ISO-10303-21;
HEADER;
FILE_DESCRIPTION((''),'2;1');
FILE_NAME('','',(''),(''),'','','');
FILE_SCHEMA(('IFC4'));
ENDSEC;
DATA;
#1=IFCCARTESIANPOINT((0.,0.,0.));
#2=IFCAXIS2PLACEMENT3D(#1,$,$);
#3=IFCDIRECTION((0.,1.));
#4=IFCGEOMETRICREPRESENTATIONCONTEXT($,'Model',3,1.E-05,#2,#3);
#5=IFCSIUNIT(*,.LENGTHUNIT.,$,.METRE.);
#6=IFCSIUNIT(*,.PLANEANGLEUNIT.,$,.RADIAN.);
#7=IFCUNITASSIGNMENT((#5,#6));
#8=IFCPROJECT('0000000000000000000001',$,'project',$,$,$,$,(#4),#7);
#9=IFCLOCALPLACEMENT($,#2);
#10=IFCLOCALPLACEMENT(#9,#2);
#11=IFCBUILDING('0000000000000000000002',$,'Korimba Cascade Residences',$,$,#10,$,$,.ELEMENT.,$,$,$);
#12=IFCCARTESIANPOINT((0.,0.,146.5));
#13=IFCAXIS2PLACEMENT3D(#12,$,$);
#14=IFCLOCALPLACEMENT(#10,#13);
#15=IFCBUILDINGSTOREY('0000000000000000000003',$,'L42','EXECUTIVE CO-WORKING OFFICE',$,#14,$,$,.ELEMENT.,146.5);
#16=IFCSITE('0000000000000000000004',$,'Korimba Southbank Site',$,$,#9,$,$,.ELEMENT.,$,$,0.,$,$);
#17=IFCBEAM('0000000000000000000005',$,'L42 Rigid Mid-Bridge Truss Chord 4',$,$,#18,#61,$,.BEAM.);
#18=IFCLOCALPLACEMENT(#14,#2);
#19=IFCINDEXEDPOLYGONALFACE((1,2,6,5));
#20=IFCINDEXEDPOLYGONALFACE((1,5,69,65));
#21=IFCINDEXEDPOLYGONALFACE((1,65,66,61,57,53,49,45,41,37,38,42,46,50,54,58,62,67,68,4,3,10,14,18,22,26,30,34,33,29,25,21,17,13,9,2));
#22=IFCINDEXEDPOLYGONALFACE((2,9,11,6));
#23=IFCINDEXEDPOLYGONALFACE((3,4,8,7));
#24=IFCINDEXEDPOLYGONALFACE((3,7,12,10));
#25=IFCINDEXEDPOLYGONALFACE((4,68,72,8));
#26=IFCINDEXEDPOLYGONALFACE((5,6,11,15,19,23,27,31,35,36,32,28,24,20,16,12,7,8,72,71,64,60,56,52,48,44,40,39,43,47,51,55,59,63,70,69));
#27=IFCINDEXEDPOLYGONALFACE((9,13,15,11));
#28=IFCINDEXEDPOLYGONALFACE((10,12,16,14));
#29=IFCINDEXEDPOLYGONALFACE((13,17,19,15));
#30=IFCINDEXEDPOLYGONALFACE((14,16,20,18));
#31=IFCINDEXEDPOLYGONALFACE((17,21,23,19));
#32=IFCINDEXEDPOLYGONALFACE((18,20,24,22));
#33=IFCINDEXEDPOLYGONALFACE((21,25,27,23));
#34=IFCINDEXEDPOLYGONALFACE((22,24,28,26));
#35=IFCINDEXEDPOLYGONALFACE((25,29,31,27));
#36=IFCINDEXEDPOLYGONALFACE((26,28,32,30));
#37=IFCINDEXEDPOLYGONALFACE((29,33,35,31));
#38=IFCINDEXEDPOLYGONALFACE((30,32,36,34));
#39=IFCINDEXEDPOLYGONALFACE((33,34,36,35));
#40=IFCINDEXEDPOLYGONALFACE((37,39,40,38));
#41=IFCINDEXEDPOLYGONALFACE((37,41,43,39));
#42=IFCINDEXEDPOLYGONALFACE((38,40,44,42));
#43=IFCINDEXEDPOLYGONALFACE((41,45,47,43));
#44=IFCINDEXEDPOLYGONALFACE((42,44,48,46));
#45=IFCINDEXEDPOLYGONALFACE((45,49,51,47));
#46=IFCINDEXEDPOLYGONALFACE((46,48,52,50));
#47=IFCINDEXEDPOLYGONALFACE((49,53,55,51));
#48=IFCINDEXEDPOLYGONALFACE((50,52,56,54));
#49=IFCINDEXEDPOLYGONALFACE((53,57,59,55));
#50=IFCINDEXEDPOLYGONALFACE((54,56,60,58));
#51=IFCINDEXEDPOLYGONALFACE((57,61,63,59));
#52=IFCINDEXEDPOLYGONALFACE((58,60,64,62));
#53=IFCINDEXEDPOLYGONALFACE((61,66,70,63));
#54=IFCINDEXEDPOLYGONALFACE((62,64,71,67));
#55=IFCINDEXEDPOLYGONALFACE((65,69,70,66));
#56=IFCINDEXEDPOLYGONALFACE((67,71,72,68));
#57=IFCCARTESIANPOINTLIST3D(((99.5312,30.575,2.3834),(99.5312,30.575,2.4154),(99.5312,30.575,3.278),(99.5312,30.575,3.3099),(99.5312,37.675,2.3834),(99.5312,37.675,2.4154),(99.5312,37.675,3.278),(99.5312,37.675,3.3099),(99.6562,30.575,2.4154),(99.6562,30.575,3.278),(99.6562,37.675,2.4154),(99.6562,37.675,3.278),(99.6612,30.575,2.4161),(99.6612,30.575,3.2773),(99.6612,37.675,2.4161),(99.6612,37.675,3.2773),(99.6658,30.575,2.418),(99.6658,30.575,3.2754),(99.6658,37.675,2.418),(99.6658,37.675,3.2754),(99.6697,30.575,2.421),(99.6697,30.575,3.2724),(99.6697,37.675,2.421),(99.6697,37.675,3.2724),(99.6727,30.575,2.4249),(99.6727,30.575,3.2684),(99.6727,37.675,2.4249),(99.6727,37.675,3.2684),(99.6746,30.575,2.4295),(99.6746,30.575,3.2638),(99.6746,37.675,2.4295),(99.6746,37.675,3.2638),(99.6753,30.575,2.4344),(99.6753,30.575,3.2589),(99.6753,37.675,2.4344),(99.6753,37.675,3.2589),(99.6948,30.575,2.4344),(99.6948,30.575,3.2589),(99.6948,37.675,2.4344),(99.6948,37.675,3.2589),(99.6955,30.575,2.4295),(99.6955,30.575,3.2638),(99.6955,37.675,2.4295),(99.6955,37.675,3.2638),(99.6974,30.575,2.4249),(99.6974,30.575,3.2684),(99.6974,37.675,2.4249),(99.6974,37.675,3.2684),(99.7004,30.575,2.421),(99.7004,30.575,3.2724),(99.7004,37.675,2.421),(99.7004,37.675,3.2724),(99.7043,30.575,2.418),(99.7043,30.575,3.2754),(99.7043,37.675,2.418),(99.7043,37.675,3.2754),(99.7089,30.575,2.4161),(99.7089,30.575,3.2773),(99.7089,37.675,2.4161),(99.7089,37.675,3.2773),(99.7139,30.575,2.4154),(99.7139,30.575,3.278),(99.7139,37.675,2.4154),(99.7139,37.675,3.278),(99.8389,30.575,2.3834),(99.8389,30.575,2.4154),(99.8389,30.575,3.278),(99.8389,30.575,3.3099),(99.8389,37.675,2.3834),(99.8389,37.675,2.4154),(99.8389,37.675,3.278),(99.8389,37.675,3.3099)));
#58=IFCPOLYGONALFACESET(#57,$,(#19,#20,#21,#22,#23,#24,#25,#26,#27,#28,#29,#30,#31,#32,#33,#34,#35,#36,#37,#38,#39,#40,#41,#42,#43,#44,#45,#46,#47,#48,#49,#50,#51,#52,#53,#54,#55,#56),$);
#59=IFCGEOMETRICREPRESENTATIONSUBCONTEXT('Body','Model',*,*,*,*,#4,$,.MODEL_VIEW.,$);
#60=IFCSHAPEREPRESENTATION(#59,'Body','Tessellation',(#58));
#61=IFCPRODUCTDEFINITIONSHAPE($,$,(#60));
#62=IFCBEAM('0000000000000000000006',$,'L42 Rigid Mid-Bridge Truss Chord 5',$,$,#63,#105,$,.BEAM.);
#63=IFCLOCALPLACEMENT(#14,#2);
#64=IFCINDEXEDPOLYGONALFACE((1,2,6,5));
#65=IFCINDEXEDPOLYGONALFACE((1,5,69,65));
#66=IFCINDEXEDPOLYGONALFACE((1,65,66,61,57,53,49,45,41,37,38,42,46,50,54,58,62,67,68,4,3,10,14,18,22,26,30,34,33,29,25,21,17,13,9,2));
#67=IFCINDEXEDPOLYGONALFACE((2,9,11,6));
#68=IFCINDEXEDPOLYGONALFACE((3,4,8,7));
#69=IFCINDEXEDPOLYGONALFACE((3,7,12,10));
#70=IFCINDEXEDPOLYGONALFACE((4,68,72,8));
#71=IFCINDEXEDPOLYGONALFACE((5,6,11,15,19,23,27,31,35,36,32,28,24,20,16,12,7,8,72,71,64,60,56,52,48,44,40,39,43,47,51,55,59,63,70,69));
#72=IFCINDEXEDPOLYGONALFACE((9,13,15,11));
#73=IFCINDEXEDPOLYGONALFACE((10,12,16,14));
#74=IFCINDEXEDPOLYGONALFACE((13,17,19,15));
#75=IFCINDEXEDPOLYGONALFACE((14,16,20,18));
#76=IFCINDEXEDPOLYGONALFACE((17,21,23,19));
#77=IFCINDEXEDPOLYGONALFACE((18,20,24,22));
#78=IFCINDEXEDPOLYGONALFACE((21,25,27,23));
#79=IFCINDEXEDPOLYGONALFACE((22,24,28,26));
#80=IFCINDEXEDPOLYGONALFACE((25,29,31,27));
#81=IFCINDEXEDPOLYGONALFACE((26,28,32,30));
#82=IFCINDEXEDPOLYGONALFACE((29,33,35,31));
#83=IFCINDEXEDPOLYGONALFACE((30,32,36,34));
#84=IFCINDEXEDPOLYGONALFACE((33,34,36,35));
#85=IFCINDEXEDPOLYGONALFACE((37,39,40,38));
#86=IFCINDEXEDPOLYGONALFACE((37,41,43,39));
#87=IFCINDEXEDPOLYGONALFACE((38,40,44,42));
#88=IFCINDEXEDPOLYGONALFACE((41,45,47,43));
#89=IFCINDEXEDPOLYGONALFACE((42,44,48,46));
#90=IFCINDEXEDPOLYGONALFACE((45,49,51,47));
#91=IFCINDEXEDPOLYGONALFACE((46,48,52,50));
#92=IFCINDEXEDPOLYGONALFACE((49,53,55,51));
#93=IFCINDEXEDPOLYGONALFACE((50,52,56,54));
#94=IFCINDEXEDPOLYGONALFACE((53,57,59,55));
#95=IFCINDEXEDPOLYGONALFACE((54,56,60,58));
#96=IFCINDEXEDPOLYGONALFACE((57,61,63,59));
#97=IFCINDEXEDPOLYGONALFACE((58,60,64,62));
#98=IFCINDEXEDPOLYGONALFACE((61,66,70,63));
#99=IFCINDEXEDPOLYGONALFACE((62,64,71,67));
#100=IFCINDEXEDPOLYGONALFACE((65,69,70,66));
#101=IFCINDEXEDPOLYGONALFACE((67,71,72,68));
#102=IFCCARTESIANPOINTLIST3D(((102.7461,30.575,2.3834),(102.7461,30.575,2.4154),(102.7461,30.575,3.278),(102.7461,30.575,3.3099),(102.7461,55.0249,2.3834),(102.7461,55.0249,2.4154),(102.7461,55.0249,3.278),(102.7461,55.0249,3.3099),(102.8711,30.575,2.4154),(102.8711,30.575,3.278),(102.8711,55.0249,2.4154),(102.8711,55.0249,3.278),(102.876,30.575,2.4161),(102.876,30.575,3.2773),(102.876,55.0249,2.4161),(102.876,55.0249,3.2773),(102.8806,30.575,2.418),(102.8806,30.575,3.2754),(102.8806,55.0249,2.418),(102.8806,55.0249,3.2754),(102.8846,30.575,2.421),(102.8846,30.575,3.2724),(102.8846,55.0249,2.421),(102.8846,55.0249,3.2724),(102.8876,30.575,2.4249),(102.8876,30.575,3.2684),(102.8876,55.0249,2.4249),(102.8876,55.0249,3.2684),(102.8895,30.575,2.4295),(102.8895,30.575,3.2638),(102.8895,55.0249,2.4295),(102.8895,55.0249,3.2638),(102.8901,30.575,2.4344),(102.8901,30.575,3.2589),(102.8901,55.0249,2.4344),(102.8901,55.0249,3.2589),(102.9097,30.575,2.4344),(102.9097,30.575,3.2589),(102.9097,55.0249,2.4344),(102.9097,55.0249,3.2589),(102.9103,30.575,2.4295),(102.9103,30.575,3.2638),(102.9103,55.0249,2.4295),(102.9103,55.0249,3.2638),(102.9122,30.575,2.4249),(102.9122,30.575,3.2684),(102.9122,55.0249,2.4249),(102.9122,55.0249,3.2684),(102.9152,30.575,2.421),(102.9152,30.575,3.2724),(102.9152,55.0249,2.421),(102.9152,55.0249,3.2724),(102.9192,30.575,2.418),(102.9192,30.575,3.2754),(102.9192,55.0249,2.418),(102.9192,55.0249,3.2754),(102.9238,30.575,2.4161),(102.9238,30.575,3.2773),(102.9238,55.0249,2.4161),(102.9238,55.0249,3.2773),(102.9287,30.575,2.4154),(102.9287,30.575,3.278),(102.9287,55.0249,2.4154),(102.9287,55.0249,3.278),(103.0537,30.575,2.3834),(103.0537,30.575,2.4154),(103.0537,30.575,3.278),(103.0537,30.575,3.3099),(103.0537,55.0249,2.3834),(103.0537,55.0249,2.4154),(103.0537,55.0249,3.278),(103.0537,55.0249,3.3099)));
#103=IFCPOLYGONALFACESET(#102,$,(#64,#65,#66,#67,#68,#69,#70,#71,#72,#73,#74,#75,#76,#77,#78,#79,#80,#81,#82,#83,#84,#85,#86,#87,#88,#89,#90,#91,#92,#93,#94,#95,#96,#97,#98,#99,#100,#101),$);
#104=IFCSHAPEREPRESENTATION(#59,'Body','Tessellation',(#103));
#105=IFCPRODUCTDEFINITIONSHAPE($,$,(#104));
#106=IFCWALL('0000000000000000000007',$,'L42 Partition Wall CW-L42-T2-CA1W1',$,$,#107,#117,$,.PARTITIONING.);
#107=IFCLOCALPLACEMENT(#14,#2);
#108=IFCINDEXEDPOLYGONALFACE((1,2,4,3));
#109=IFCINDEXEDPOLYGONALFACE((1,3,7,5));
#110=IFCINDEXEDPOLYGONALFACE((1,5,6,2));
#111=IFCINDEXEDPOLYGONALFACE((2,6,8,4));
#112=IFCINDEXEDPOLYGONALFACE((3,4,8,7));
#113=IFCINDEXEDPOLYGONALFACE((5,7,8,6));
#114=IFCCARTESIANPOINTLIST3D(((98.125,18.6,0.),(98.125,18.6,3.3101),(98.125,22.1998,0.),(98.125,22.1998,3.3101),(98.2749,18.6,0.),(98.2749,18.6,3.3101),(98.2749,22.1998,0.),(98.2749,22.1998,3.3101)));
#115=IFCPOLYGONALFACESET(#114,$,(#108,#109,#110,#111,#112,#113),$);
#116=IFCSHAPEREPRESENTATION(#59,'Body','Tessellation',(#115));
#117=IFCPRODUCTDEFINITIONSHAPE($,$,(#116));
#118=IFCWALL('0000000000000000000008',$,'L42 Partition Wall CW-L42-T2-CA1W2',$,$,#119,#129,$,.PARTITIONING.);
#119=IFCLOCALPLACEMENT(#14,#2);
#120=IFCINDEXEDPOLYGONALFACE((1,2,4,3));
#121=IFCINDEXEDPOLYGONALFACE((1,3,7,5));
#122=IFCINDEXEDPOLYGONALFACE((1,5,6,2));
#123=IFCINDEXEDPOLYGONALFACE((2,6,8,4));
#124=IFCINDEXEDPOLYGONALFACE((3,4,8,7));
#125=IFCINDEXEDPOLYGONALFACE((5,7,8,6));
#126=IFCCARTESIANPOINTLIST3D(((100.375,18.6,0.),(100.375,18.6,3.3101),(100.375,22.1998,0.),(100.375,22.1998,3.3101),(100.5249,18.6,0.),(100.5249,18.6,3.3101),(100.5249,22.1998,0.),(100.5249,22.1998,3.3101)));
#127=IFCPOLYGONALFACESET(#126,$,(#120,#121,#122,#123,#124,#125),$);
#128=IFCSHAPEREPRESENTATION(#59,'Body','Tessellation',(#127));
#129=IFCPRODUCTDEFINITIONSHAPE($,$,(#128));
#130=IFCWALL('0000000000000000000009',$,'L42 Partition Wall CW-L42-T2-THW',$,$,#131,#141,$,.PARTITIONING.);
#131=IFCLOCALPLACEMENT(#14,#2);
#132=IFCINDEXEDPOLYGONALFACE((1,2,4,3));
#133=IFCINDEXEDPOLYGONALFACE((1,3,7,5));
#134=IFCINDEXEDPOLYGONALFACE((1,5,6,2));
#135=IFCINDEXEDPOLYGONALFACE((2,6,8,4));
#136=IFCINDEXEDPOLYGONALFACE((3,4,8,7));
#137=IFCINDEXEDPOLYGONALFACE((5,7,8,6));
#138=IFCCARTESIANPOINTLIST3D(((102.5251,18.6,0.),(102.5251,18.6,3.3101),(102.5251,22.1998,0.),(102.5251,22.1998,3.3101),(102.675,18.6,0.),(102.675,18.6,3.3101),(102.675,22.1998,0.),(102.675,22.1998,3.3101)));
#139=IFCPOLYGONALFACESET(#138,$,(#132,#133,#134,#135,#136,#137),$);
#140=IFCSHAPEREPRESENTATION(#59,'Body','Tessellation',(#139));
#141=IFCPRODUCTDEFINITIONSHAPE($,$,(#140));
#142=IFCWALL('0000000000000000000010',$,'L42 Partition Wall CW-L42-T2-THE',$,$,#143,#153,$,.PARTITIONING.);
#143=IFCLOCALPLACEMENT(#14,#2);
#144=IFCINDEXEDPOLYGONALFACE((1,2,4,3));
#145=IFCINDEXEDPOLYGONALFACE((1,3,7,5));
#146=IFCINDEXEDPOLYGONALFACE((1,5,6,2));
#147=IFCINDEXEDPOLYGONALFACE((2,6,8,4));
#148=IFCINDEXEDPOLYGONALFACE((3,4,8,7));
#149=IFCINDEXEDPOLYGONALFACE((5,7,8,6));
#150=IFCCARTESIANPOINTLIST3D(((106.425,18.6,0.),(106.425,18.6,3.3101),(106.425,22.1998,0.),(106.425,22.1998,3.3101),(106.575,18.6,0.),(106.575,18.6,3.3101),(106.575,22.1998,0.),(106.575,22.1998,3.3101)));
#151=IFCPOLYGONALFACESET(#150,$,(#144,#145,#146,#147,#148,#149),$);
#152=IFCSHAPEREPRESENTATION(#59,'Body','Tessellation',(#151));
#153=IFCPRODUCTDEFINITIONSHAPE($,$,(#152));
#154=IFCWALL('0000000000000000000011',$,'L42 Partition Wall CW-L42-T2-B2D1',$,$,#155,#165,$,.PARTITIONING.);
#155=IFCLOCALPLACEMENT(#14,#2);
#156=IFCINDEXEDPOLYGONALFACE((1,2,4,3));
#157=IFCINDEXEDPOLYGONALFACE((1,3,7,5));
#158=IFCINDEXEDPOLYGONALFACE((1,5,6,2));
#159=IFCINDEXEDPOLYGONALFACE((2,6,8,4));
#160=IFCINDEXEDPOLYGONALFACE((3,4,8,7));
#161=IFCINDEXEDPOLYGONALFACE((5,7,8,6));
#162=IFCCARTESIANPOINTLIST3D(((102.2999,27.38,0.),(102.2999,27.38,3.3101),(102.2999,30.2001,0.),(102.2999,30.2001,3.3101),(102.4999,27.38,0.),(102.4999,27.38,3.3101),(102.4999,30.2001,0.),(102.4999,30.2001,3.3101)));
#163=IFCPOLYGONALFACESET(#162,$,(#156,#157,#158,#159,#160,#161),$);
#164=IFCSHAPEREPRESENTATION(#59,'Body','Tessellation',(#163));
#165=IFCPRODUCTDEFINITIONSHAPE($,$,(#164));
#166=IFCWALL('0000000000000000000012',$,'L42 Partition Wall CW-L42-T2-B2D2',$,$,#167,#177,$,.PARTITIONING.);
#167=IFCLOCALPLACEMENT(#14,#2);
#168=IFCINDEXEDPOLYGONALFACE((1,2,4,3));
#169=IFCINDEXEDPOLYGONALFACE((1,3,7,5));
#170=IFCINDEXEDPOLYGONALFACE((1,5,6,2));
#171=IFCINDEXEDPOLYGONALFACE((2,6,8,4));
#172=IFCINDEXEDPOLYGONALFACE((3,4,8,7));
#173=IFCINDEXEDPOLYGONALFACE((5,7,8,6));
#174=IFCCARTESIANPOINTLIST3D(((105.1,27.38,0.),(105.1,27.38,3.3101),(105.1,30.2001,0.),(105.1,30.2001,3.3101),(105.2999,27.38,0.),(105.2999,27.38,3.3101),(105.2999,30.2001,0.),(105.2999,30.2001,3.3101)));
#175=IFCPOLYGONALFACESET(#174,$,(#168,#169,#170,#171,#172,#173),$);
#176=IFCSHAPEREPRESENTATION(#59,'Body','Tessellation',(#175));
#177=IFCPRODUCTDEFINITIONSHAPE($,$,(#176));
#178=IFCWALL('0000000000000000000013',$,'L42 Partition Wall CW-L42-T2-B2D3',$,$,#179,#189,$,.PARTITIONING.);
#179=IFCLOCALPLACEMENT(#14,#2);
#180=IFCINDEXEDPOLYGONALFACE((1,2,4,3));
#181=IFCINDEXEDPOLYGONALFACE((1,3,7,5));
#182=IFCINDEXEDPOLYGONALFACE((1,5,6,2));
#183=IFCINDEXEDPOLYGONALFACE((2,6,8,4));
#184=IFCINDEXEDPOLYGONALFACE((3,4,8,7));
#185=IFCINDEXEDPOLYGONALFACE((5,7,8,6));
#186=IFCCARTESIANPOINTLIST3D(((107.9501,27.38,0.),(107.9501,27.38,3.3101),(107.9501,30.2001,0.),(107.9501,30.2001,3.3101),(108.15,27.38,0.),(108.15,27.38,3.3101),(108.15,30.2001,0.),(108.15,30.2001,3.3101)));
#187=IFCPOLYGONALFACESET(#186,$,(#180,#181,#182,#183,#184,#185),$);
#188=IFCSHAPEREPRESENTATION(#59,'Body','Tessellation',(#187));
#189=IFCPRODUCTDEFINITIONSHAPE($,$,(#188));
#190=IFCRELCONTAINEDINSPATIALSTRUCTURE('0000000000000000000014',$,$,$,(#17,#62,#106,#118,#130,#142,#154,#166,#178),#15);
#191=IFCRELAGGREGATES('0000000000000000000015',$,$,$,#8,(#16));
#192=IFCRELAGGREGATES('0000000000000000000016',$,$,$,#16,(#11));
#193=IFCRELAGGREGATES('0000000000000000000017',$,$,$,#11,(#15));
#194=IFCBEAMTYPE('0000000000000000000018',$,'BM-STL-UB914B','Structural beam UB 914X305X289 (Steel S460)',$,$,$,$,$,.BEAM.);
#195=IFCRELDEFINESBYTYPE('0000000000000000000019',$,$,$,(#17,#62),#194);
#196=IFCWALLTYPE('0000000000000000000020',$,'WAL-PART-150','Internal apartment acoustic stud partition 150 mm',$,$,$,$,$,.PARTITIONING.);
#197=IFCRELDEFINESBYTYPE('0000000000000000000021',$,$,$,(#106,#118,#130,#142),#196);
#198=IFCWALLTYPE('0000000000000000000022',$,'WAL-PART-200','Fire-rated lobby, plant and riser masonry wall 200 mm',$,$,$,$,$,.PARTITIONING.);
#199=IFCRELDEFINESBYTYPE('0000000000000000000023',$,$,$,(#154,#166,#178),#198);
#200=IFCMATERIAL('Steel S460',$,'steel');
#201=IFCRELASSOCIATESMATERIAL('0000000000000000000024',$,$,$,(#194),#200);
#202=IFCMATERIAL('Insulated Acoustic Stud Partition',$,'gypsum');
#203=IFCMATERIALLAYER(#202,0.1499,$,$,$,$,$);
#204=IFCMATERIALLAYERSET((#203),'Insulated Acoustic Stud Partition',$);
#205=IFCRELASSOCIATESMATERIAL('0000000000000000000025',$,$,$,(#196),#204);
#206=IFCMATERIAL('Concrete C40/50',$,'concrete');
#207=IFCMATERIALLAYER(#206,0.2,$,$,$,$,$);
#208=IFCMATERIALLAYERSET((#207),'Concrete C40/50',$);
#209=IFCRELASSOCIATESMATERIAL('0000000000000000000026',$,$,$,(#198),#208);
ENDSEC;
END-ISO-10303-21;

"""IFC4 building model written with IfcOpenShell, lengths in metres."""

from ifc_helpers import new_model, si_unit, direction, frame, frame_2d, origin, origin_2d, place, context, subcontext, project, spatial, rectangle, i_section, extrude, material, layer, layer_set, material_profile, profile_set, type_object, element, save


model = new_model("IFC4")

# Units and contexts
model_context = context("Model", 3, precision=1e-05, world=origin(), true_north=direction((0.0, 1.0)))
body_context = subcontext(model_context, "Body", "Model", "MODEL_VIEW")
ifc_project = project(units=[si_unit("LENGTHUNIT", "METRE"), si_unit("PLANEANGLEUNIT", "RADIAN")], contexts=[model_context])

# Site, building, storey
site_placement = place(None, origin())
site = spatial("IfcSite", under=ifc_project, at=site_placement, Name="Korimba Southbank Site", CompositionType="ELEMENT", RefElevation=0.0)
building_placement = place(site_placement, origin())
building = spatial("IfcBuilding", under=site, at=building_placement, Name="Korimba Cascade Residences", CompositionType="ELEMENT")
storey_placement = place(building_placement, frame((0.0, 0.0, 146.5)))
storey = spatial("IfcBuildingStorey", under=building, at=storey_placement, Name="L42", Description="EXECUTIVE CO-WORKING OFFICE", CompositionType="ELEMENT", Elevation=146.5)

# Shared definitions
ifc_material_1 = material(Name="Steel S460", Category="steel")

# Beams
ifc_material_profile_1 = material_profile(ifc_material_1, i_section(OverallWidth=0.3076, OverallDepth=0.9265, WebThickness=0.0195, FlangeThickness=0.032, FilletRadius=0.019, at=origin_2d()), Name="Steel S460")
ifc_profile_set_1 = profile_set([ifc_material_profile_1], Name="Steel S460")
beam_type_1 = type_object("IfcBeamType", Name="BM-STL-UB914B", Description="Structural beam UB 914X305X289 (Steel S460)", PredefinedType="BEAM", material=ifc_profile_set_1)
beam_1_placement = place(storey_placement, frame((99.6851, 30.575, 2.8467), z_axis=(0.0, 1.0, 0.0), x_axis=(-1.0, 0.0, 0.0)))
element("IfcBeam", 1, at=beam_1_placement, inside=storey, type_object=beam_type_1, Name="L42 Rigid Mid-Bridge Truss Chord 4", PredefinedType="BEAM", context=body_context, shape_type="SweptSolid", body=[
    extrude(i_section(OverallWidth=0.3076, OverallDepth=0.9265, WebThickness=0.0195, FlangeThickness=0.032, FilletRadius=0.019, at=origin_2d()), origin(), (0.0, 0.0, 1.0), 7.1001),
])
beam_2_placement = place(storey_placement, frame((102.8999, 30.575, 2.8467), z_axis=(0.0, 1.0, 0.0), x_axis=(-1.0, 0.0, 0.0)))
element("IfcBeam", 2, at=beam_2_placement, inside=storey, type_object=beam_type_1, Name="L42 Rigid Mid-Bridge Truss Chord 5", PredefinedType="BEAM", context=body_context, shape_type="SweptSolid", body=[
    extrude(i_section(OverallWidth=0.3076, OverallDepth=0.9265, WebThickness=0.0195, FlangeThickness=0.032, FilletRadius=0.019, at=origin_2d()), origin(), (0.0, 0.0, 1.0), 24.45),
])

# Walls
ifc_material_2 = material(Name="Insulated Acoustic Stud Partition", Category="gypsum")
ifc_layer_1 = layer(ifc_material_2, 0.1499)
ifc_layer_set_1 = layer_set([ifc_layer_1], Name="Insulated Acoustic Stud Partition")
wall_type_1 = type_object("IfcWallType", Name="WAL-PART-150", Description="Internal apartment acoustic stud partition 150 mm", PredefinedType="PARTITIONING", material=ifc_layer_set_1)
for number, where, z_axis, x_axis, name in (
    (3, (98.2, 18.6001, 0.0), (0.0, 0.0, 1.0), (0.0, 1.0, 0.0), "L42 Partition Wall CW-L42-T2-CA1W1"),
    (4, (100.45, 18.6001, 0.0), (0.0, 0.0, 1.0), (0.0, 1.0, 0.0), "L42 Partition Wall CW-L42-T2-CA1W2"),
    (5, (102.6001, 18.6001, 0.0), (0.0, 0.0, 1.0), (0.0, 1.0, 0.0), "L42 Partition Wall CW-L42-T2-THW"),
    (6, (106.5, 18.6001, 0.0), (0.0, 0.0, 1.0), (0.0, 1.0, 0.0), "L42 Partition Wall CW-L42-T2-THE"),
):
    element("IfcWall", number, at=place(storey_placement, frame(where, z_axis=z_axis, x_axis=x_axis)), inside=storey, type_object=wall_type_1, Name=name, PredefinedType="PARTITIONING", context=body_context, shape_type="SweptSolid", body=[
        extrude(rectangle(XDim=3.5999, YDim=0.1499, at=frame_2d((1.7998, 0.0))), origin(), (0.0, 0.0, 1.0), 3.3101),
    ])
ifc_material_3 = material(Name="Concrete C40/50", Category="concrete")
ifc_layer_2 = layer(ifc_material_3, 0.2)
ifc_layer_set_2 = layer_set([ifc_layer_2], Name="Concrete C40/50")
wall_type_2 = type_object("IfcWallType", Name="WAL-PART-200", Description="Fire-rated lobby, plant and riser masonry wall 200 mm", PredefinedType="PARTITIONING", material=ifc_layer_set_2)
for number, where, z_axis, x_axis, name in (
    (7, (102.3999, 27.3799, 0.0), (0.0, 0.0, 1.0), (0.0, 1.0, 0.0), "L42 Partition Wall CW-L42-T2-B2D1"),
    (8, (105.2, 27.3799, 0.0), (0.0, 0.0, 1.0), (0.0, 1.0, 0.0), "L42 Partition Wall CW-L42-T2-B2D2"),
    (9, (108.05, 27.3799, 0.0), (0.0, 0.0, 1.0), (0.0, 1.0, 0.0), "L42 Partition Wall CW-L42-T2-B2D3"),
):
    element("IfcWall", number, at=place(storey_placement, frame(where, z_axis=z_axis, x_axis=x_axis)), inside=storey, type_object=wall_type_2, Name=name, PredefinedType="PARTITIONING", context=body_context, shape_type="SweptSolid", body=[
        extrude(rectangle(XDim=2.8201, YDim=0.2, at=frame_2d((1.4102, 0.0))), origin(), (0.0, 0.0, 1.0), 3.3101),
    ])

save(model, "model.ifc")
